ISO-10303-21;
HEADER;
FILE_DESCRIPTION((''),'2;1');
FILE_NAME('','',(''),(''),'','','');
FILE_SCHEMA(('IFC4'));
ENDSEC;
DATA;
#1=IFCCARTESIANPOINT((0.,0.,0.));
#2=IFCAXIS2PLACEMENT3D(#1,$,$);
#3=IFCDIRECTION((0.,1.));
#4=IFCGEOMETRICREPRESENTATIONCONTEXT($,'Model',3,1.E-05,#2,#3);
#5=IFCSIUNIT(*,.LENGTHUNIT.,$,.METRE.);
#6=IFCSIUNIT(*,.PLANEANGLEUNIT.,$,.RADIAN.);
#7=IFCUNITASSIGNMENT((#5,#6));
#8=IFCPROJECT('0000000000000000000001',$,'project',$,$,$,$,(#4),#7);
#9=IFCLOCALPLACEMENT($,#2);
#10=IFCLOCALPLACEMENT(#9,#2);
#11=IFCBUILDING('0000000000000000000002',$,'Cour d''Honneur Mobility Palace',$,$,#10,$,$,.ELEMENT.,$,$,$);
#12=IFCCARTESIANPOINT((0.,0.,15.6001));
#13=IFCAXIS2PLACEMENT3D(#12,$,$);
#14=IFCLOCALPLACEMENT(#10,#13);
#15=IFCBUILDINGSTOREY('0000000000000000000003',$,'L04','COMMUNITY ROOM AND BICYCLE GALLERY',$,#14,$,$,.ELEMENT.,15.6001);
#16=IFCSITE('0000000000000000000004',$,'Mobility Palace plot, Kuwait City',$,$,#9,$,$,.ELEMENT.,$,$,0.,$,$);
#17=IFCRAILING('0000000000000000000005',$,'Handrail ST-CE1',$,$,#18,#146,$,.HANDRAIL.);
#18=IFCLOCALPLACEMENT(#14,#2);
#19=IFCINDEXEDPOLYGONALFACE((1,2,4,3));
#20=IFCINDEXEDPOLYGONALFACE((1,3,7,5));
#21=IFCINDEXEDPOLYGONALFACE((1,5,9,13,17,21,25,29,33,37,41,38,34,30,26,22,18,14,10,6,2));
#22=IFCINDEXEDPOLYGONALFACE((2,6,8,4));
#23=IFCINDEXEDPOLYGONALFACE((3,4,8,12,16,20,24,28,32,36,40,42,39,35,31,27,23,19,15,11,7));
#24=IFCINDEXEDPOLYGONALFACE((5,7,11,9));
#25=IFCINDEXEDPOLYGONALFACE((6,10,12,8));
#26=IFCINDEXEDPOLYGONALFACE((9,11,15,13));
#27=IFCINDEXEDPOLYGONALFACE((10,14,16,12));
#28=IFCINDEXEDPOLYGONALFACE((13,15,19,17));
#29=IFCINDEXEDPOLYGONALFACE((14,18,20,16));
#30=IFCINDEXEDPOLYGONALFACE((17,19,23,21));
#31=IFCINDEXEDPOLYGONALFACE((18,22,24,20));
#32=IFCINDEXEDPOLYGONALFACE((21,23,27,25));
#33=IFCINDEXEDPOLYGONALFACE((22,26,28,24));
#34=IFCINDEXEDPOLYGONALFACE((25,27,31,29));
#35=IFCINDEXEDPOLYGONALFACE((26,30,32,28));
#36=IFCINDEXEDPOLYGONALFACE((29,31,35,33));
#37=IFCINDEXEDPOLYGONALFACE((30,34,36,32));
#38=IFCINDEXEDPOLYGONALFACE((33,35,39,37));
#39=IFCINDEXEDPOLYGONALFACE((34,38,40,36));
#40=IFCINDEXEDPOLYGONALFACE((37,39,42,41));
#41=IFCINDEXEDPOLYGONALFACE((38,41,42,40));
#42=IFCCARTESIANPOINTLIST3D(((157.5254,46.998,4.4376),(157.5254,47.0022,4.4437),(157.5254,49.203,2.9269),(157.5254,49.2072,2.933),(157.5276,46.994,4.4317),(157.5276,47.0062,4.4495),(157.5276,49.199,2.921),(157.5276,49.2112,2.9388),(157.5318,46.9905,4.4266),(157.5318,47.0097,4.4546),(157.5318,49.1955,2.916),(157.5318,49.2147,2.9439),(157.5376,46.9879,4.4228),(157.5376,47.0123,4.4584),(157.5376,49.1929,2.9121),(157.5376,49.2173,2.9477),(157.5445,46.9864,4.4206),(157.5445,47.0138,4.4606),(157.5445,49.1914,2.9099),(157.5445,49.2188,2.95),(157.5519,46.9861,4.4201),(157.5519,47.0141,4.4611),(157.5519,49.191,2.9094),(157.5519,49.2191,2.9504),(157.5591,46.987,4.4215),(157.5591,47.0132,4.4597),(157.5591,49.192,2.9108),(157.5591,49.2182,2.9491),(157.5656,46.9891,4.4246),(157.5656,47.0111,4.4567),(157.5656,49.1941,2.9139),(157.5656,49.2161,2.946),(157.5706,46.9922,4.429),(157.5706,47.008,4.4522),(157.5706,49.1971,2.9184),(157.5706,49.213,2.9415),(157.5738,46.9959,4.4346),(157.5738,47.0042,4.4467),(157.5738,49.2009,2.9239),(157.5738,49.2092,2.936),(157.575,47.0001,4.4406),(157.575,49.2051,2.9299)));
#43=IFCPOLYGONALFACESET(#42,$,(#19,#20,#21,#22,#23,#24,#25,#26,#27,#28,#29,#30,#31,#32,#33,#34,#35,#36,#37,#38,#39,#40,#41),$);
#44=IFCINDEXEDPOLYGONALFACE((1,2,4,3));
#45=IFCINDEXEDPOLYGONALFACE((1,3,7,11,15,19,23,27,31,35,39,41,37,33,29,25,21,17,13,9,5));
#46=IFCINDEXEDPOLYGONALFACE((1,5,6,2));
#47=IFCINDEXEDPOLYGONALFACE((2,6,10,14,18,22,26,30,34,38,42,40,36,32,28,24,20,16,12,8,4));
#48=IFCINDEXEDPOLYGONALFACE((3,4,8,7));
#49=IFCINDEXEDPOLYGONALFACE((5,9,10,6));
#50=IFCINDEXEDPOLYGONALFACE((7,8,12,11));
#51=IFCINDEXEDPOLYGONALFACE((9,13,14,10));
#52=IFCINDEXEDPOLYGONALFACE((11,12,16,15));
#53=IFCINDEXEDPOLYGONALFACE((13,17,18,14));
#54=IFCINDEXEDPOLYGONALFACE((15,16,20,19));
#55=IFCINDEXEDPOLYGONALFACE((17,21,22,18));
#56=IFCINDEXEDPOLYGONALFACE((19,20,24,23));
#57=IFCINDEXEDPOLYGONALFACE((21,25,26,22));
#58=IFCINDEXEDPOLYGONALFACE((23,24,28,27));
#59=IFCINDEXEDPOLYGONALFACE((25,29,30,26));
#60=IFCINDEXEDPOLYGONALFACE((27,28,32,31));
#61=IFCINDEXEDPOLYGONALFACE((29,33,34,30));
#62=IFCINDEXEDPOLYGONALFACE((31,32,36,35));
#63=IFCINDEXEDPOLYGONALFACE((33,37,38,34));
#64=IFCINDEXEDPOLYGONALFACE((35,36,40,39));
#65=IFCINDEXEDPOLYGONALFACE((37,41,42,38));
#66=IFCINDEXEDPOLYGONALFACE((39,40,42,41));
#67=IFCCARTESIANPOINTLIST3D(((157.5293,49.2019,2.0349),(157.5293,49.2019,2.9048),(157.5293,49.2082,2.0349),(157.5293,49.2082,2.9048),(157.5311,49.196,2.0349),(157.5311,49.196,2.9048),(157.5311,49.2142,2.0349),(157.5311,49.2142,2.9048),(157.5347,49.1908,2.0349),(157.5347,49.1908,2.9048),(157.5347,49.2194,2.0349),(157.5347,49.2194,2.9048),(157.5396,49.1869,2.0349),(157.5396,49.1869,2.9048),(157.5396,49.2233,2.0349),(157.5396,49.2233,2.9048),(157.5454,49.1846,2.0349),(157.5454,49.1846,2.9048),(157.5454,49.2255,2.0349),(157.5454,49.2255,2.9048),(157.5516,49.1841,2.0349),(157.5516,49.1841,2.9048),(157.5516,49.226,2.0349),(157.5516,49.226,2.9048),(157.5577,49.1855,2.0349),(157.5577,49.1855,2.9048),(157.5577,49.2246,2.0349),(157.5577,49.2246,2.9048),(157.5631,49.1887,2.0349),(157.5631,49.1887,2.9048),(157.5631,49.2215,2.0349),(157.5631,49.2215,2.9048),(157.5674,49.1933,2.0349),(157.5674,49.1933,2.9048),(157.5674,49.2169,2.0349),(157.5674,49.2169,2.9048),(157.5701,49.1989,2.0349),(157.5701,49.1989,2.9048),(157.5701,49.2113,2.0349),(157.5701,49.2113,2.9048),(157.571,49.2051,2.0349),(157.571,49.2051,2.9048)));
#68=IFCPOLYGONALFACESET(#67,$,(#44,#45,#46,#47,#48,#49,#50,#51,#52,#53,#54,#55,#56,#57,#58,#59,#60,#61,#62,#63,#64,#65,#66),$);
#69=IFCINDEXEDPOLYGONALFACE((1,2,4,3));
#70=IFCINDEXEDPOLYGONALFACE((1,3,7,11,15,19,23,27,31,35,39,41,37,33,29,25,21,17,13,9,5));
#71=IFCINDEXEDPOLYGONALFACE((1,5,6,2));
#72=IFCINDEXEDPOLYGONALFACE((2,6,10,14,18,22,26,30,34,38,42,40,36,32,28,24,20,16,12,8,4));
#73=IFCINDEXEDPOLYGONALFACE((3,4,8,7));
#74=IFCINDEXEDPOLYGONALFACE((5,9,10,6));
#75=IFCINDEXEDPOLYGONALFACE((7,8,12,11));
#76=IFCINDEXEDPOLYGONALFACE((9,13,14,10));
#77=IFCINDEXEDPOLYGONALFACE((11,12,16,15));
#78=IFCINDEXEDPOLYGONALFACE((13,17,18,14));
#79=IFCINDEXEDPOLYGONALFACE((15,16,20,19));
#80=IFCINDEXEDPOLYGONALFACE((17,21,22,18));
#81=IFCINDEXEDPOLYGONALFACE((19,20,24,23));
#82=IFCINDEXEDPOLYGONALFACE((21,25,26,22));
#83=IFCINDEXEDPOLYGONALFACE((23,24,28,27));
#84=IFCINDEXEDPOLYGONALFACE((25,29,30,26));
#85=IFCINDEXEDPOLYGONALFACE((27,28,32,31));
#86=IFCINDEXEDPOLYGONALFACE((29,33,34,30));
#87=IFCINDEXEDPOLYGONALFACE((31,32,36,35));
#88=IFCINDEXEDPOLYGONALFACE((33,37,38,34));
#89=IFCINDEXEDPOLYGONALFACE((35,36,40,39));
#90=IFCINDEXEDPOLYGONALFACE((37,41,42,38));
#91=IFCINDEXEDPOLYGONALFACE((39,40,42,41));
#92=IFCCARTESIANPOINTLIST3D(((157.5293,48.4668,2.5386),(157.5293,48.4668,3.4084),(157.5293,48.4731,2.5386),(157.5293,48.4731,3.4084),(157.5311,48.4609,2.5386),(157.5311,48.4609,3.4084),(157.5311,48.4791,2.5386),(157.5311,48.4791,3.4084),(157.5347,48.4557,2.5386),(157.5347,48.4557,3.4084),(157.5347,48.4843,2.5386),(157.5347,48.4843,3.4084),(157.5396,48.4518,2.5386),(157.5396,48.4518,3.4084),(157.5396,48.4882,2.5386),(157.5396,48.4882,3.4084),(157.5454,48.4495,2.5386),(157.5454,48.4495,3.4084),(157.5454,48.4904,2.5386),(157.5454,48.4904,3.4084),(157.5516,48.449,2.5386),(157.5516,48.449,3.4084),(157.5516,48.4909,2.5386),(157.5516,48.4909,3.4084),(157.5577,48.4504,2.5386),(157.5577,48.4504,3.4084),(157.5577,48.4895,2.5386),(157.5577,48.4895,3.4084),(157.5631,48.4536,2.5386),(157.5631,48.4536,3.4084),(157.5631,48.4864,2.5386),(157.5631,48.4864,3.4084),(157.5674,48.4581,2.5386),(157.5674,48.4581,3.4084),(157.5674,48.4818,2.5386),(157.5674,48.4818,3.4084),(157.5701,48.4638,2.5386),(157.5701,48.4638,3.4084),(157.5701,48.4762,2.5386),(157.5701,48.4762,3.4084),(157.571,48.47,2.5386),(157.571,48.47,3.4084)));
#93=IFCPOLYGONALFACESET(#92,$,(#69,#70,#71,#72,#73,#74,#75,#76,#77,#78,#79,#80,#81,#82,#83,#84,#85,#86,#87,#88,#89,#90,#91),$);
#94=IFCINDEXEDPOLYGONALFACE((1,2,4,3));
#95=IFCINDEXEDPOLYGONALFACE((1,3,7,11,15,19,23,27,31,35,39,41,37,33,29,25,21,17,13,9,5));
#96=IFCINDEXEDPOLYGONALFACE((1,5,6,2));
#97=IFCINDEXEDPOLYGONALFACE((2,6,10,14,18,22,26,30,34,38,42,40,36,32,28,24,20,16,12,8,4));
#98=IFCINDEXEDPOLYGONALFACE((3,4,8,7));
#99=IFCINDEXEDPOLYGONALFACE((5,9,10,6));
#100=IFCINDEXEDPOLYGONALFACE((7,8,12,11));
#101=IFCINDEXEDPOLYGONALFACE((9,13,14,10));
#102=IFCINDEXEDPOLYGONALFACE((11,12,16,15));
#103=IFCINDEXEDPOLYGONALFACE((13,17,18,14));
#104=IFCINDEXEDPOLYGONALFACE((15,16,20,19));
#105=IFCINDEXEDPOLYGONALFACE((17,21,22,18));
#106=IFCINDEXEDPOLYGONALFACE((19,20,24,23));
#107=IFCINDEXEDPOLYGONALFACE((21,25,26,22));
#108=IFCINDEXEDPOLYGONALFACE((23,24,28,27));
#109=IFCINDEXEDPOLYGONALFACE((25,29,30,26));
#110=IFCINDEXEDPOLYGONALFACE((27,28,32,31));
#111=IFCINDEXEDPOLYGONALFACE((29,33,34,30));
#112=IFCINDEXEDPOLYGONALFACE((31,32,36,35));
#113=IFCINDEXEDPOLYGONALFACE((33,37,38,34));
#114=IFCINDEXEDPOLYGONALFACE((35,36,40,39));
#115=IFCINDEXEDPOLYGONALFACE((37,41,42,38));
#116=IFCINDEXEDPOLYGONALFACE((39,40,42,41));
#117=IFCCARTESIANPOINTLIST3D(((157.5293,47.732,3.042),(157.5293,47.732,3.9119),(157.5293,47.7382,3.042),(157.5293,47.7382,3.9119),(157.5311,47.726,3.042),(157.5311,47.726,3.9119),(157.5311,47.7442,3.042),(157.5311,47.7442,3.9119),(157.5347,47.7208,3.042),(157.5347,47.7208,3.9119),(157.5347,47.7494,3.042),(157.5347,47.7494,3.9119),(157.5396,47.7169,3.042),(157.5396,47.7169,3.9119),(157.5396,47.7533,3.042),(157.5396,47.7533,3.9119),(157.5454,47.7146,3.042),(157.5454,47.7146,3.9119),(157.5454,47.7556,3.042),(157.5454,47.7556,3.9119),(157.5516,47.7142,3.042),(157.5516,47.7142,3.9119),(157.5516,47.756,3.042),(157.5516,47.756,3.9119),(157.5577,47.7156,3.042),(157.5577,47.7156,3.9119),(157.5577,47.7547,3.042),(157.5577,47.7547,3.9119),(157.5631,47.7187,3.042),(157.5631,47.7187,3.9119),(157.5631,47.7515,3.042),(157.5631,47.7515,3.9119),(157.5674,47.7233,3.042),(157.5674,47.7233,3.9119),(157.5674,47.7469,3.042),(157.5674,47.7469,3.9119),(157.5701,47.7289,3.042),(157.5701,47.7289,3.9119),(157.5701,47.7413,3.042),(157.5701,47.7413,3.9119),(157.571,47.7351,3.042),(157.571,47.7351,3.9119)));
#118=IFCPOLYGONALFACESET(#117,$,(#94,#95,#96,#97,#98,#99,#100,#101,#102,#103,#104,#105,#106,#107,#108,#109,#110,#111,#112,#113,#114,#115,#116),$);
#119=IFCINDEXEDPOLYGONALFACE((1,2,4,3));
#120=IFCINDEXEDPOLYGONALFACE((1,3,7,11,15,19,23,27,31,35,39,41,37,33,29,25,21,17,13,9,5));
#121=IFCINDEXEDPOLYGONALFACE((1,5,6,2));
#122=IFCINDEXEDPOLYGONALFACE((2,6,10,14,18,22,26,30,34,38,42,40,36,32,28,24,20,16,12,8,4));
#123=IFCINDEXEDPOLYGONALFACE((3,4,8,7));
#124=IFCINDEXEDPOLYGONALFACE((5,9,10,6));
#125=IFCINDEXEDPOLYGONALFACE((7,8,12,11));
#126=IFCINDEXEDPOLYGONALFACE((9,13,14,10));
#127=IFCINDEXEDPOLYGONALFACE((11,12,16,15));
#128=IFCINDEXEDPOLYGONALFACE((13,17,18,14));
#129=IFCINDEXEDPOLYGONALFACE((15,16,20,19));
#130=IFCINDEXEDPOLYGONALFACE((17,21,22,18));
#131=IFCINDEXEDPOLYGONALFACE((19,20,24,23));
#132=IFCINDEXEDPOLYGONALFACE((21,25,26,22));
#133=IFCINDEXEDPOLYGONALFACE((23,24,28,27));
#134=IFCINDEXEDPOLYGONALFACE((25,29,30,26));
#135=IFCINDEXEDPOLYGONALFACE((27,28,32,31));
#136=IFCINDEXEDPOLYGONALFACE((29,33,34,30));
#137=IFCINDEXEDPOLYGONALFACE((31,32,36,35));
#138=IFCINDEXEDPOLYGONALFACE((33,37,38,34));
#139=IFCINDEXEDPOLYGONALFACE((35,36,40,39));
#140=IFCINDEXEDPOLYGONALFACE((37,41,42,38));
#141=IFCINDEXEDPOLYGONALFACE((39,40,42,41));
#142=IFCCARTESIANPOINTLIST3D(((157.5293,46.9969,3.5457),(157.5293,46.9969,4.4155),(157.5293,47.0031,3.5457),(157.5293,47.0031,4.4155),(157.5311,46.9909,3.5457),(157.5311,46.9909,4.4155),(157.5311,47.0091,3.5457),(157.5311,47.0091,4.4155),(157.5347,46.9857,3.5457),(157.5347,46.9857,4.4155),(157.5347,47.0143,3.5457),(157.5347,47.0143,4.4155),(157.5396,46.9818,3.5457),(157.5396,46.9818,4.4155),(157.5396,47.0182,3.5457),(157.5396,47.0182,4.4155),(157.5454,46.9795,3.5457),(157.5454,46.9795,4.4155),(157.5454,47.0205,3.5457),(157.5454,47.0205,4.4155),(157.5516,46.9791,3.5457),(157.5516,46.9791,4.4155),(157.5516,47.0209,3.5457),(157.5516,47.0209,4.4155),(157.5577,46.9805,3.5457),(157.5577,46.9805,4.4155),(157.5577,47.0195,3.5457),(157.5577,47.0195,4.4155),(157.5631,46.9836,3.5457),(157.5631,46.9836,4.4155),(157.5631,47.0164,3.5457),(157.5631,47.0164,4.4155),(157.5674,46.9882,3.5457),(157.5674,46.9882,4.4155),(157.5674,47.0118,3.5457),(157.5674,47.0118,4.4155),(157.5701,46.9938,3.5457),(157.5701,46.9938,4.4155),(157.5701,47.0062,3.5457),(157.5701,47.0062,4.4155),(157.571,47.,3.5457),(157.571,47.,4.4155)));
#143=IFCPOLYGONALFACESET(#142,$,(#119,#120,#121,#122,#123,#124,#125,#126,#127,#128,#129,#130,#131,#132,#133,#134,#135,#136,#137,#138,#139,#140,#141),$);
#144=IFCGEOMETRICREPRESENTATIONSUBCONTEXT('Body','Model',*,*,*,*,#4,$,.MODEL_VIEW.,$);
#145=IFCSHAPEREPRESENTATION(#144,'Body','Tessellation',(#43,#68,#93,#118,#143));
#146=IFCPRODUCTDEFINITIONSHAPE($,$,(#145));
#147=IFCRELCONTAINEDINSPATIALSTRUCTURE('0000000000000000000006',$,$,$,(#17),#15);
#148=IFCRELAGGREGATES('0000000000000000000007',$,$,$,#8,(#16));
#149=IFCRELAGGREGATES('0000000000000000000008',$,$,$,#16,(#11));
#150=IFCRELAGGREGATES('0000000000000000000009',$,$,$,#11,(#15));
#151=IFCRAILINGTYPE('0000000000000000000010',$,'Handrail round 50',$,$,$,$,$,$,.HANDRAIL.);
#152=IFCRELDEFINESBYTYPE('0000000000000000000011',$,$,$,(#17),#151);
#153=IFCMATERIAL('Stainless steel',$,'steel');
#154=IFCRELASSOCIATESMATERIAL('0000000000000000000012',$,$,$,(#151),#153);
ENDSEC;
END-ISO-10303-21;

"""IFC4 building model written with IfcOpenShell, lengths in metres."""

from ifc_helpers import new_model, si_unit, direction, frame, origin, origin_2d, place, context, subcontext, project, spatial, circle, extrude, material, type_object, element, save


model = new_model("IFC4")

# Units and contexts
model_context = context("Model", 3, precision=1e-05, world=origin(), true_north=direction((0.0, 1.0)))
body_context = subcontext(model_context, "Body", "Model", "MODEL_VIEW")
ifc_project = project(units=[si_unit("LENGTHUNIT", "METRE"), si_unit("PLANEANGLEUNIT", "RADIAN")], contexts=[model_context])

# Site, building, storey
site_placement = place(None, origin())
site = spatial("IfcSite", under=ifc_project, at=site_placement, Name="Mobility Palace plot, Kuwait City", CompositionType="ELEMENT", RefElevation=0.0)
building_placement = place(site_placement, origin())
building = spatial("IfcBuilding", under=site, at=building_placement, Name="Cour d'Honneur Mobility Palace", CompositionType="ELEMENT")
storey_placement = place(building_placement, frame((0.0, 0.0, 15.6001)))
storey = spatial("IfcBuildingStorey", under=building, at=storey_placement, Name="L04", Description="COMMUNITY ROOM AND BICYCLE GALLERY", CompositionType="ELEMENT", Elevation=15.6001)

# Railing
ifc_material_1 = material(Name="Stainless steel", Category="steel")
railing_type_1 = type_object("IfcRailingType", Name="Handrail round 50", PredefinedType="HANDRAIL", material=ifc_material_1)
railing_1_placement = place(storey_placement, frame((157.55, 49.2051, 2.0349)))
element("IfcRailing", 1, at=railing_1_placement, inside=storey, type_object=railing_type_1, Name="Handrail ST-CE1", PredefinedType="HANDRAIL", context=body_context, shape_type="SweptSolid", body=[
    extrude(circle(Radius=0.0249, at=origin_2d()), frame((0.0, 0.0, 0.895), z_axis=(0.0, -0.824958, 0.565195), x_axis=(1.0, 0.0, 0.0)), (0.0, 0.0, 1.0), 2.6729),
    extrude(circle(Radius=0.021, at=origin_2d()), origin(), (0.0, 0.0, 1.0), 0.8699),
    extrude(circle(Radius=0.021, at=origin_2d()), frame((0.0, -0.7351, 0.5037)), (0.0, 0.0, 1.0), 0.8699),
    extrude(circle(Radius=0.021, at=origin_2d()), frame((0.0, -1.47, 1.0071)), (0.0, 0.0, 1.0), 0.8699),
    extrude(circle(Radius=0.021, at=origin_2d()), frame((0.0, -2.2051, 1.5107)), (0.0, 0.0, 1.0), 0.8699),
])

save(model, "model.ifc")
